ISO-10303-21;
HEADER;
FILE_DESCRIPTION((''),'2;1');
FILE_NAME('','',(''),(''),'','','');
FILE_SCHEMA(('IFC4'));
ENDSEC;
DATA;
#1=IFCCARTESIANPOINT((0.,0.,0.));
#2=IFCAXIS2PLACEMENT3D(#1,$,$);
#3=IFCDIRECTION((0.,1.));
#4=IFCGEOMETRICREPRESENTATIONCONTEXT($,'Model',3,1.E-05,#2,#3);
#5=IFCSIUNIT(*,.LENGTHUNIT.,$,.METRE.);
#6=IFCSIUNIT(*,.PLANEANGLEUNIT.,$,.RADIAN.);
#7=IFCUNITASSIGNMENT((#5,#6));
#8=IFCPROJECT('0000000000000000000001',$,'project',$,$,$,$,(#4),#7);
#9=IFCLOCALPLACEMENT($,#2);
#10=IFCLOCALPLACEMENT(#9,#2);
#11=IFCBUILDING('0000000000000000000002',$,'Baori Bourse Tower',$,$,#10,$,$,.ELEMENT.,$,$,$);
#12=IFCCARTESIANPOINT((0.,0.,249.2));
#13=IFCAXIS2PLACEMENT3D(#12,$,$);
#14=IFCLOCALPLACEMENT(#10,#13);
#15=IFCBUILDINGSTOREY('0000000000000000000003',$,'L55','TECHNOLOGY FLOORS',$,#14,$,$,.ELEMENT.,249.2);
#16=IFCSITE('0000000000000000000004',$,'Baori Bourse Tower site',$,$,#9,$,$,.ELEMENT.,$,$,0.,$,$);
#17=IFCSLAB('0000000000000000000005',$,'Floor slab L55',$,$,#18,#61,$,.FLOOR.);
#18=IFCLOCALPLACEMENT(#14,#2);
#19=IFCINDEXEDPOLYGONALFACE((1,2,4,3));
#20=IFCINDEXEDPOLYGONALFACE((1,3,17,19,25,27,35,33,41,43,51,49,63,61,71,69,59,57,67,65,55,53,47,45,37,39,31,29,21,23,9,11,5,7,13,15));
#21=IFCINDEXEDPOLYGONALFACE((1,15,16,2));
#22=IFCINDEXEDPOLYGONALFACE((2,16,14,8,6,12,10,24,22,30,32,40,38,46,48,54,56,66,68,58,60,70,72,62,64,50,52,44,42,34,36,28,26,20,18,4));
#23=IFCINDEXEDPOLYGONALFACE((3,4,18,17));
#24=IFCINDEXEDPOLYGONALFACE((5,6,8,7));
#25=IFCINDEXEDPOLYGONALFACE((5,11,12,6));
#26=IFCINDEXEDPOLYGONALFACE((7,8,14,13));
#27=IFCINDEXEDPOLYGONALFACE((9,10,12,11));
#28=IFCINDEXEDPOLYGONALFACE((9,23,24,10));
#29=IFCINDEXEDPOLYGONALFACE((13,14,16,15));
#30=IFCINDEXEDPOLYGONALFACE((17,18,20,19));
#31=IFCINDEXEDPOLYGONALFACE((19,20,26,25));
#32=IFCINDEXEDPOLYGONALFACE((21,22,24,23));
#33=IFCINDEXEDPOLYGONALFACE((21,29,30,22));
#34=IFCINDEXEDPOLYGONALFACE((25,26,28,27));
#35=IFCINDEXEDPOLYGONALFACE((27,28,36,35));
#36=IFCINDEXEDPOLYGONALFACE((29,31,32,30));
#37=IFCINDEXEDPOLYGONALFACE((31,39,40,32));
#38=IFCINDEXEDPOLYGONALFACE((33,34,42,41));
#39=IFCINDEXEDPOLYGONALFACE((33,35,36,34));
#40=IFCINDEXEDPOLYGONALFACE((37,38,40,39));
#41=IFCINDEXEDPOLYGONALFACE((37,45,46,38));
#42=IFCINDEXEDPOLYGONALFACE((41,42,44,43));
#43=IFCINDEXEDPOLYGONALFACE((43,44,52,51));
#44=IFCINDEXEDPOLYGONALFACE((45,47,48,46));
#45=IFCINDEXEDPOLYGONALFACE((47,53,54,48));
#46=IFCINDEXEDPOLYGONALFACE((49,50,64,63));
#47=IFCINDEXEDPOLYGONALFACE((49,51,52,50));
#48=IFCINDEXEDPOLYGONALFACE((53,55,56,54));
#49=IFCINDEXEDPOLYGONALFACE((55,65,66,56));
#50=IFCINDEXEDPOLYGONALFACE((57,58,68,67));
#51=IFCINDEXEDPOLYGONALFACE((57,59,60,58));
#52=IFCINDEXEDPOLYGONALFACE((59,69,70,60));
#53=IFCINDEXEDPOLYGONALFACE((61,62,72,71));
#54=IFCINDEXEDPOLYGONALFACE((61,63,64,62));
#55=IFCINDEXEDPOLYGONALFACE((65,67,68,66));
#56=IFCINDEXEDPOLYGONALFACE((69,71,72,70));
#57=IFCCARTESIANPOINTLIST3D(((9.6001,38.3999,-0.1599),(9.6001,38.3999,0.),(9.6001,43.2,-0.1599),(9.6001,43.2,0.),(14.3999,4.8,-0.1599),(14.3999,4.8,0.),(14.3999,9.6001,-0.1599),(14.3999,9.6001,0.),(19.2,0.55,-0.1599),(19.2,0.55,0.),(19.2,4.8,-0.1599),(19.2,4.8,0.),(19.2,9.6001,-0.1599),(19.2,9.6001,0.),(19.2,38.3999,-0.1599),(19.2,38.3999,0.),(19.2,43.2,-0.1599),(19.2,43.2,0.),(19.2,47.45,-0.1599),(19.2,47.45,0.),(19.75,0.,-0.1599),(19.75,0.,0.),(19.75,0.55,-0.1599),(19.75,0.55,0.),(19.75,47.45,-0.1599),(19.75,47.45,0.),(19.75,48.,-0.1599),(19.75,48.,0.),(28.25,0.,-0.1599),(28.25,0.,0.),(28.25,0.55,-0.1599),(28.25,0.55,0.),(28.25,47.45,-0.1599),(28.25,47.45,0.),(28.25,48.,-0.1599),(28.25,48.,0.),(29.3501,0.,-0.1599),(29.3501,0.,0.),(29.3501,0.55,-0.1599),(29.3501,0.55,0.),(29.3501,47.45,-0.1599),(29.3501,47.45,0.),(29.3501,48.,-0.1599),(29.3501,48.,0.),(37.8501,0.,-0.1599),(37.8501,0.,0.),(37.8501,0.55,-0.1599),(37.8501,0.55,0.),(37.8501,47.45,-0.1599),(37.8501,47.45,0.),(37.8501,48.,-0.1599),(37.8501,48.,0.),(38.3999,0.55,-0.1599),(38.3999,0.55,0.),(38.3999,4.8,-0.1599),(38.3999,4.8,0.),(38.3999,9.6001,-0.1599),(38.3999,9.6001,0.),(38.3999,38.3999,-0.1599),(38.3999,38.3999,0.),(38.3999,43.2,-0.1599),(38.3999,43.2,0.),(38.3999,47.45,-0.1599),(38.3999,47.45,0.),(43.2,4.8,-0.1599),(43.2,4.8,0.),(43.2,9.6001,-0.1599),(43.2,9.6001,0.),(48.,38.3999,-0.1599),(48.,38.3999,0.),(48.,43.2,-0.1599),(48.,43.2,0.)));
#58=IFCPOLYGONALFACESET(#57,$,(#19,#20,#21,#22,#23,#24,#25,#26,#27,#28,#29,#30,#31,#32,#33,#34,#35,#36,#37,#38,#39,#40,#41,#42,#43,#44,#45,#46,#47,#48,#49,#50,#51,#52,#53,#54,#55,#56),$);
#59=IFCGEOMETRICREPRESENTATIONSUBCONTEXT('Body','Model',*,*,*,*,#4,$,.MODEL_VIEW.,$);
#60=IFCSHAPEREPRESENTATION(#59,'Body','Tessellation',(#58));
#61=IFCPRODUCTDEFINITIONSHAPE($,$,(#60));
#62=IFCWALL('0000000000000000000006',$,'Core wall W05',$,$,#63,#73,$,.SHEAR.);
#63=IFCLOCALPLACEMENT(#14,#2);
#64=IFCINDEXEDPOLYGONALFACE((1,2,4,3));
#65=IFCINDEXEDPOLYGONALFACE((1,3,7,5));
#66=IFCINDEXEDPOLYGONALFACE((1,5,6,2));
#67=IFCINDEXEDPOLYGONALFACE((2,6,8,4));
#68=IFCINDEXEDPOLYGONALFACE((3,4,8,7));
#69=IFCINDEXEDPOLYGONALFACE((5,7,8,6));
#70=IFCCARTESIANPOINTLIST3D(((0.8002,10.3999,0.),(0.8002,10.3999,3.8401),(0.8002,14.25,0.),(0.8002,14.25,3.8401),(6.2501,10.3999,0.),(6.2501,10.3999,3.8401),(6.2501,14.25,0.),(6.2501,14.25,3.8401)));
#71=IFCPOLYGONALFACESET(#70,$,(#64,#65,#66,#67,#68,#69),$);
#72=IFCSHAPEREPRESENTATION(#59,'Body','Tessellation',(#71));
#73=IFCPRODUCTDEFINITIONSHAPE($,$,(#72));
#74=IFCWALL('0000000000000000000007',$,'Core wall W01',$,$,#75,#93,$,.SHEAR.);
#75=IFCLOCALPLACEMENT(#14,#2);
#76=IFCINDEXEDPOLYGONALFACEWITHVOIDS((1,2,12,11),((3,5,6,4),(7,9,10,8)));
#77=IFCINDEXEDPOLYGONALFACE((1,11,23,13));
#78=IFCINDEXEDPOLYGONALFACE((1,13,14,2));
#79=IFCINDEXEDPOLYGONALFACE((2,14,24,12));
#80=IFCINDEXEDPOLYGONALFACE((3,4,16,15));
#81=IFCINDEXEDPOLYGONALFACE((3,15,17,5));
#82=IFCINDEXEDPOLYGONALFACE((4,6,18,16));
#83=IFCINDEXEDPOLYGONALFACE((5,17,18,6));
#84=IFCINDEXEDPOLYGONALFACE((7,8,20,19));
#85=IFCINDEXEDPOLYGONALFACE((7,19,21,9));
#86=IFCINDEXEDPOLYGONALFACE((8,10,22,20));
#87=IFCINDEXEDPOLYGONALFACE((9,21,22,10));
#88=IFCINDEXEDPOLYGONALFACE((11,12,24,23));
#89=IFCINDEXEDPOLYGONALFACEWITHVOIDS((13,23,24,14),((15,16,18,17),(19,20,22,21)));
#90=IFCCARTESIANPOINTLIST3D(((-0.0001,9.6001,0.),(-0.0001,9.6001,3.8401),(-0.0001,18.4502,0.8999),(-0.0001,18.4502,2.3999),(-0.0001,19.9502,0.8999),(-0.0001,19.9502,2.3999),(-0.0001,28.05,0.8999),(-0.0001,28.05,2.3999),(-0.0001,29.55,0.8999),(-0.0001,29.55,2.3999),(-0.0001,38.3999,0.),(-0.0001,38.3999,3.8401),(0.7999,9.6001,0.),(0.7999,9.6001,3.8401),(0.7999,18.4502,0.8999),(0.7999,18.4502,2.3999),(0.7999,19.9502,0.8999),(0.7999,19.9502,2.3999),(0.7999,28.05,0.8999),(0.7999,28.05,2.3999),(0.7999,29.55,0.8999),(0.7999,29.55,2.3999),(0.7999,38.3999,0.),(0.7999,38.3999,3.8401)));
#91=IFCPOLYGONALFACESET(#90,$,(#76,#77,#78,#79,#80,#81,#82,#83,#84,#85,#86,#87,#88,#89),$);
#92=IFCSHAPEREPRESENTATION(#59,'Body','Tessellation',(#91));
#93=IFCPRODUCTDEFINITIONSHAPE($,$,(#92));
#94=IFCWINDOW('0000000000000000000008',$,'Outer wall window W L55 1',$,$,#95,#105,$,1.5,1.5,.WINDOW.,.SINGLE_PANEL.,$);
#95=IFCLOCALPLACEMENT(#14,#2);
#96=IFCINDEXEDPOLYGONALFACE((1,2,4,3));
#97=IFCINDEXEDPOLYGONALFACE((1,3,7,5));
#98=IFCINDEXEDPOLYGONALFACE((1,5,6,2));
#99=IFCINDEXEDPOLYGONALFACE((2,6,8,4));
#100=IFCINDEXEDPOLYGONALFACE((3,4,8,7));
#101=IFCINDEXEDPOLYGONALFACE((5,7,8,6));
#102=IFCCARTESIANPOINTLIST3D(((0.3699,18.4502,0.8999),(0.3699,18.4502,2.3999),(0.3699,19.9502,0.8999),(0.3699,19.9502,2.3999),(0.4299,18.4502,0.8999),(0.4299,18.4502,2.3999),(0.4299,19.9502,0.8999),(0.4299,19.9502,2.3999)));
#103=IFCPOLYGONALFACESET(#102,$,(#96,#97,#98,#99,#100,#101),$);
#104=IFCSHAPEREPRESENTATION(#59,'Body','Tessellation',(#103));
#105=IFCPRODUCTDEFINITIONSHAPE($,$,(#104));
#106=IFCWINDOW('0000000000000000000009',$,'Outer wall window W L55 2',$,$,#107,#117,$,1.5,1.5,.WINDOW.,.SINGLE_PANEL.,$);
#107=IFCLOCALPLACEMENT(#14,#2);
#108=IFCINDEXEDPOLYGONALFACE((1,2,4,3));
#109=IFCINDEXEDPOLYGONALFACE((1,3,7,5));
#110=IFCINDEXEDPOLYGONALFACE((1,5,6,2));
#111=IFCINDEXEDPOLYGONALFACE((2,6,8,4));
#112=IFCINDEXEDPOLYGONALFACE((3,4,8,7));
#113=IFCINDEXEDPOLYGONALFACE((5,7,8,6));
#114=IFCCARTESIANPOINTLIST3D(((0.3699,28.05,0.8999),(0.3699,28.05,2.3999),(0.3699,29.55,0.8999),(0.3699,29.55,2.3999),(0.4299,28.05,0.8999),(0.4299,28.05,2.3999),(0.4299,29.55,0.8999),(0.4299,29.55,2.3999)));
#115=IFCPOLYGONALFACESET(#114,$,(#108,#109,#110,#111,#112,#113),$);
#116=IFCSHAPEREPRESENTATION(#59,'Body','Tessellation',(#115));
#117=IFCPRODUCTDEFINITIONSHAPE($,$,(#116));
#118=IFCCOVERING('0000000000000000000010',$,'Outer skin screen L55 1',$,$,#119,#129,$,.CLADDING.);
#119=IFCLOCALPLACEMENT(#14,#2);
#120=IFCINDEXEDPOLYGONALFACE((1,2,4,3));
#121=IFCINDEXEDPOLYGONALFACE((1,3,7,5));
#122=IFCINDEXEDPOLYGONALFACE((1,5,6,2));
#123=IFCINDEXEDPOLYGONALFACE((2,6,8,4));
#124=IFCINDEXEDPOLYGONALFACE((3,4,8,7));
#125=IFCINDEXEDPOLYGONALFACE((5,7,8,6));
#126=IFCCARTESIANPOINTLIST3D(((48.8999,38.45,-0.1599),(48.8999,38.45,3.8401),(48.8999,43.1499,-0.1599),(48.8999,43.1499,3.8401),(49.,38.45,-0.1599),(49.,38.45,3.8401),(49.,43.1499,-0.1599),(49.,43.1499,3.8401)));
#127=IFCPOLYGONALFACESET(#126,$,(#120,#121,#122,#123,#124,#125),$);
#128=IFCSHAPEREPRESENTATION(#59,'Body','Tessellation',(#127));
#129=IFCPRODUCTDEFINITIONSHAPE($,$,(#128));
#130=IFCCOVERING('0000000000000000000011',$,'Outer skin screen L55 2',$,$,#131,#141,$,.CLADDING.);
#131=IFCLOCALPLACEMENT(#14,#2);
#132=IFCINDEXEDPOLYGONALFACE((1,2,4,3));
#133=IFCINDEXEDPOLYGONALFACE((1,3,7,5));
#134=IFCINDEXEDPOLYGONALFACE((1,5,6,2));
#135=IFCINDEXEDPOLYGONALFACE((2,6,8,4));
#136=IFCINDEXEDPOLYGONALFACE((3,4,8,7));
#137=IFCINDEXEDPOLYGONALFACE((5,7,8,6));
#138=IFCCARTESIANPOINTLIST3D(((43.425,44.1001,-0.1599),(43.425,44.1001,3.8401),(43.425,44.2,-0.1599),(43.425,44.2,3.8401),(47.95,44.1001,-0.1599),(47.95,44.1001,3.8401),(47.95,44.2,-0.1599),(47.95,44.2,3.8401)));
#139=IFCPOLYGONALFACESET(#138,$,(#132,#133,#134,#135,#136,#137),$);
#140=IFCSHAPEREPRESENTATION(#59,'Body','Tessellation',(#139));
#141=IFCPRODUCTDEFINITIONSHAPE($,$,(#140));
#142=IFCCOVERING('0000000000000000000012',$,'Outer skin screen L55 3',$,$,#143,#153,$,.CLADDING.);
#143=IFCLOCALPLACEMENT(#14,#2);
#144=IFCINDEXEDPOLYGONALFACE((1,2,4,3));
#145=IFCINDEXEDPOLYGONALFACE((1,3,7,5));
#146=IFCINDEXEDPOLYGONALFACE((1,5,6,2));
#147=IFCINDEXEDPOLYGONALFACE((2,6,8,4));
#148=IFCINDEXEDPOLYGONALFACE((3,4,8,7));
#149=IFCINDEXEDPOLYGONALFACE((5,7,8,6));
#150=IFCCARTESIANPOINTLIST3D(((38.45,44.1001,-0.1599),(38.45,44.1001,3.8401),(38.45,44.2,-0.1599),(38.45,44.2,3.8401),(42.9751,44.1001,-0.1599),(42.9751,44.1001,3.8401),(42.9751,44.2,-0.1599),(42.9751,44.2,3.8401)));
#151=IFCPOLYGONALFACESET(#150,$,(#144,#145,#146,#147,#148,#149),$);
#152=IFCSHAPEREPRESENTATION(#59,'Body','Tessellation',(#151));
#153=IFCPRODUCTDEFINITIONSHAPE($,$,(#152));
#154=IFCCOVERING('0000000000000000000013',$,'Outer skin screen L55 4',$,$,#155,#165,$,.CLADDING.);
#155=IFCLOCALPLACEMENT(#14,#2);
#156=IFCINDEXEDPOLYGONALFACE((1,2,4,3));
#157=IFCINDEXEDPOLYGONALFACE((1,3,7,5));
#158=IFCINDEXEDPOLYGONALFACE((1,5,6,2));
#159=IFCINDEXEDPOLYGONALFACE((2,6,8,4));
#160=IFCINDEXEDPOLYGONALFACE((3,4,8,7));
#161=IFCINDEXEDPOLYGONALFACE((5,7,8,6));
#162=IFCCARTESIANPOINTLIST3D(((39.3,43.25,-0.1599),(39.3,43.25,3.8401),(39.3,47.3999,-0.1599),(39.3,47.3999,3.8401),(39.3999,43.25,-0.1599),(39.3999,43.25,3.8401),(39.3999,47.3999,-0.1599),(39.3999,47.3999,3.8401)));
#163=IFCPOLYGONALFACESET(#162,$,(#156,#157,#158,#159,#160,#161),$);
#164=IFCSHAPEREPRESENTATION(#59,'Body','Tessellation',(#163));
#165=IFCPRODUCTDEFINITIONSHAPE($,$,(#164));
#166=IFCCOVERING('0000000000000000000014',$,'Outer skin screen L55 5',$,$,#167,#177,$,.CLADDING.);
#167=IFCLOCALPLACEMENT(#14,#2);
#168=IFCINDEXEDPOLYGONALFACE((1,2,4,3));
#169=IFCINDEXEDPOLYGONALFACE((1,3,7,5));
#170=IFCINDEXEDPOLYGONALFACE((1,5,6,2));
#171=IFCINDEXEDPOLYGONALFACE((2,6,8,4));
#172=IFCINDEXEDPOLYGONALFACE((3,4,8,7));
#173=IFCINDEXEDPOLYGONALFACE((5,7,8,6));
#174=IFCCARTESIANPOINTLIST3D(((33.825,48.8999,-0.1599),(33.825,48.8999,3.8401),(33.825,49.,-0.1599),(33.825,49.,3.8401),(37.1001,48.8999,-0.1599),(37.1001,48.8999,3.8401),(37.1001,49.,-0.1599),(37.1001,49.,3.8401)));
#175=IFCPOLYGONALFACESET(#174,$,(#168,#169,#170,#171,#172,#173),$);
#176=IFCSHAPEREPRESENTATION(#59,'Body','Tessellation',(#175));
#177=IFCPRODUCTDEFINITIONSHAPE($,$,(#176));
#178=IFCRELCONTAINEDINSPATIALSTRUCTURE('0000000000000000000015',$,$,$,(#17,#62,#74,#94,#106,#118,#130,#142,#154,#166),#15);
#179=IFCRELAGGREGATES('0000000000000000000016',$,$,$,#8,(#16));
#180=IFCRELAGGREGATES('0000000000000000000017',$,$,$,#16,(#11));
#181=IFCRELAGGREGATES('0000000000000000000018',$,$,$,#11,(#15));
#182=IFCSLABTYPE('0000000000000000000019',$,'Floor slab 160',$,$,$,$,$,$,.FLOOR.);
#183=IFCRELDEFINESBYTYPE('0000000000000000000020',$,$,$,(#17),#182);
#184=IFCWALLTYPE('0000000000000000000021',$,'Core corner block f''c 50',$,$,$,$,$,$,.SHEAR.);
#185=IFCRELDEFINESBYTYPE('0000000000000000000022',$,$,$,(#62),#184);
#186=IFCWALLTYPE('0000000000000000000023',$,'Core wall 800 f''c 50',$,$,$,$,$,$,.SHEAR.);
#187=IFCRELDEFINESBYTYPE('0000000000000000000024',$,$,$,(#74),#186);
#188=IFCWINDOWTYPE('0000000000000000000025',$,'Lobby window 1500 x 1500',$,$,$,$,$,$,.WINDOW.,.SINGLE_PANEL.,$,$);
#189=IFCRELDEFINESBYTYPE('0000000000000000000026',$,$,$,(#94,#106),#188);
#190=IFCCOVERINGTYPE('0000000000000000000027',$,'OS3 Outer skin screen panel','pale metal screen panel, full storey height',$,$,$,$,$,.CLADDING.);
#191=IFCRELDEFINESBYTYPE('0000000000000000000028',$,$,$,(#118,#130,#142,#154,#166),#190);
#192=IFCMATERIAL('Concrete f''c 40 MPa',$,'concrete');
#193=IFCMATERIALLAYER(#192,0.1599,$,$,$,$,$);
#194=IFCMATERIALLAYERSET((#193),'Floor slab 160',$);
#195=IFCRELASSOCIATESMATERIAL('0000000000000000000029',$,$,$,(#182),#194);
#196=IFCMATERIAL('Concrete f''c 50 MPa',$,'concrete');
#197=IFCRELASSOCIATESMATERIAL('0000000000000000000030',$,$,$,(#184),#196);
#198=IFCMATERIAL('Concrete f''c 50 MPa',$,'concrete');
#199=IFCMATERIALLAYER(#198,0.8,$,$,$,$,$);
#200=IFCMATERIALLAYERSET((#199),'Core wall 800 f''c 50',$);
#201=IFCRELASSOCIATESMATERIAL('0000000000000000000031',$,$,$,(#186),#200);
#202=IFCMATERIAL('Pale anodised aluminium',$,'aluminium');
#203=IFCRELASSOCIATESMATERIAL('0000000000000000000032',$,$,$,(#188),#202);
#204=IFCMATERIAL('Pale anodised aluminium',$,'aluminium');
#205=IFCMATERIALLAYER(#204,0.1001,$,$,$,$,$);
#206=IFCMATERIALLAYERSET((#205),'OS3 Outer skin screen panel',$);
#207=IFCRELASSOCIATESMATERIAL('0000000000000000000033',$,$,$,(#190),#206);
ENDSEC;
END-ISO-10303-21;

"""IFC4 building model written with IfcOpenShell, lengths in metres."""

from ifc_helpers import new_model, si_unit, direction, frame, frame_2d, origin, place, context, subcontext, project, spatial, polyline, rectangle, outline, extrude, material, layer, layer_set, type_object, element, fill, save


model = new_model("IFC4")

# Units and contexts
model_context = context("Model", 3, precision=1e-05, world=origin(), true_north=direction((0.0, 1.0)))
body_context = subcontext(model_context, "Body", "Model", "MODEL_VIEW")
ifc_project = project(units=[si_unit("LENGTHUNIT", "METRE"), si_unit("PLANEANGLEUNIT", "RADIAN")], contexts=[model_context])

# Site, building, storey
site_placement = place(None, origin())
site = spatial("IfcSite", under=ifc_project, at=site_placement, Name="Baori Bourse Tower site", CompositionType="ELEMENT", RefElevation=0.0)
building_placement = place(site_placement, origin())
building = spatial("IfcBuilding", under=site, at=building_placement, Name="Baori Bourse Tower", CompositionType="ELEMENT")
storey_placement = place(building_placement, frame((0.0, 0.0, 249.2)))
storey = spatial("IfcBuildingStorey", under=building, at=storey_placement, Name="L55", Description="TECHNOLOGY FLOORS", CompositionType="ELEMENT", Elevation=249.2)

# Slab
ifc_material_1 = material(Name="Concrete f'c 40 MPa", Category="concrete")
ifc_layer_1 = layer(ifc_material_1, 0.1599)
ifc_layer_set_1 = layer_set([ifc_layer_1], Name="Floor slab 160")
slab_type_1 = type_object("IfcSlabType", Name="Floor slab 160", PredefinedType="FLOOR", material=ifc_layer_set_1)
slab_1_placement = place(storey_placement, frame((0.0, 0.0, -0.1599)))
element("IfcSlab", 1, at=slab_1_placement, inside=storey, type_object=slab_type_1, Name="Floor slab L55", PredefinedType="FLOOR", context=body_context, shape_type="SweptSolid", body=[
    extrude(outline(polyline([(19.2, 4.8), (14.3999, 4.8), (14.3999, 9.6001), (19.2, 9.6001), (19.2, 38.3999), (9.6001, 38.3999), (9.6001, 43.2), (19.2, 43.2), (19.2, 47.45), (19.75, 47.45), (19.75, 48.0), (28.25, 48.0), (28.25, 47.45), (29.3501, 47.45), (29.3501, 48.0), (37.8501, 48.0), (37.8501, 47.45), (38.3999, 47.45), (38.3999, 43.2), (48.0, 43.2), (48.0, 38.3999), (38.3999, 38.3999), (38.3999, 9.6001), (43.2, 9.6001), (43.2, 4.8), (38.3999, 4.8), (38.3999, 0.55), (37.8501, 0.55), (37.8501, 0.0), (29.3501, 0.0), (29.3501, 0.55), (28.25, 0.55), (28.25, 0.0), (19.75, 0.0), (19.75, 0.55), (19.2, 0.55), (19.2, 4.8)])), origin(), (0.0, 0.0, 1.0), 0.1599),
])

# Wall
ifc_material_2 = material(Name="Concrete f'c 50 MPa", Category="concrete")
wall_type_1 = type_object("IfcWallType", Name="Core corner block f'c 50", PredefinedType="SHEAR", material=ifc_material_2)
wall_1_placement = place(storey_placement, frame((0.8, 12.325, 0.0), z_axis=(0.0, 0.0, 1.0), x_axis=(1.0, 0.0, 0.0)))
element("IfcWall", 2, at=wall_1_placement, inside=storey, type_object=wall_type_1, Name="Core wall W05", PredefinedType="SHEAR", context=body_context, shape_type="SweptSolid", body=[
    extrude(rectangle(XDim=5.45, YDim=3.8501, at=frame_2d((2.7251, 0.0))), origin(), (0.0, 0.0, 1.0), 3.8401),
])

# Wall, openings, windows
ifc_material_3 = material(Name="Concrete f'c 50 MPa", Category="concrete")
ifc_layer_2 = layer(ifc_material_3, 0.8)
ifc_layer_set_2 = layer_set([ifc_layer_2], Name="Core wall 800 f'c 50")
wall_type_2 = type_object("IfcWallType", Name="Core wall 800 f'c 50", PredefinedType="SHEAR", material=ifc_layer_set_2)
wall_2_placement = place(storey_placement, frame((0.3999, 9.6001, 0.0), z_axis=(0.0, 0.0, 1.0), x_axis=(0.0, 1.0, 0.0)))
wall_2 = element("IfcWall", 3, at=wall_2_placement, inside=storey, type_object=wall_type_2, Name="Core wall W01", PredefinedType="SHEAR", context=body_context, shape_type="SweptSolid", body=[
    extrude(rectangle(XDim=28.7998, YDim=0.8, at=frame_2d((14.3999, 0.0))), origin(), (0.0, 0.0, 1.0), 3.8401),
])
opening_1_placement = place(wall_2_placement, frame((8.8501, 0.0, 0.8999)))
opening_1 = element("IfcOpeningElement", 4, at=opening_1_placement, cuts=wall_2, PredefinedType="OPENING", context=body_context, shape_type="SweptSolid", body=[
    extrude(rectangle(XDim=1.5, YDim=1.5, at=frame_2d((0.75, 0.75))), frame((0.0, 0.4099, 0.0), z_axis=(0.0, -1.0, 0.0), x_axis=(1.0, 0.0, 0.0)), (0.0, 0.0, 1.0), 0.8201),
])
opening_2_placement = place(wall_2_placement, frame((18.45, 0.0, 0.8999)))
opening_2 = element("IfcOpeningElement", 5, at=opening_2_placement, cuts=wall_2, PredefinedType="OPENING", context=body_context, shape_type="SweptSolid", body=[
    extrude(rectangle(XDim=1.5, YDim=1.5, at=frame_2d((0.75, 0.75))), frame((0.0, 0.4099, 0.0), z_axis=(0.0, -1.0, 0.0), x_axis=(1.0, 0.0, 0.0)), (0.0, 0.0, 1.0), 0.8201),
])
ifc_material_4 = material(Name="Pale anodised aluminium", Category="aluminium")
window_type = type_object("IfcWindowType", Name="Lobby window 1500 x 1500", PartitioningType="SINGLE_PANEL", PredefinedType="WINDOW", material=ifc_material_4)
window_1_placement = place(opening_1_placement, origin())
window_1 = element("IfcWindow", 6, at=window_1_placement, inside=storey, type_object=window_type, Name="Outer wall window W L55 1", OverallHeight=1.5, OverallWidth=1.5, PartitioningType="SINGLE_PANEL", PredefinedType="WINDOW", context=body_context, shape_type="SweptSolid", body=[
    extrude(rectangle(XDim=1.5, YDim=1.5, at=frame_2d((0.75, 0.75))), frame((0.0, 0.03, 0.0), z_axis=(0.0, -1.0, 0.0), x_axis=(1.0, 0.0, 0.0)), (0.0, 0.0, 1.0), 0.0601),
])
fill(opening_1, window_1)
window_2_placement = place(opening_2_placement, origin())
window_2 = element("IfcWindow", 7, at=window_2_placement, inside=storey, type_object=window_type, Name="Outer wall window W L55 2", OverallHeight=1.5, OverallWidth=1.5, PartitioningType="SINGLE_PANEL", PredefinedType="WINDOW", context=body_context, shape_type="SweptSolid", body=[
    extrude(rectangle(XDim=1.5, YDim=1.5, at=frame_2d((0.75, 0.75))), frame((0.0, 0.03, 0.0), z_axis=(0.0, -1.0, 0.0), x_axis=(1.0, 0.0, 0.0)), (0.0, 0.0, 1.0), 0.0601),
])
fill(opening_2, window_2)

# Coverings
ifc_material_5 = material(Name="Pale anodised aluminium", Category="aluminium")
ifc_layer_3 = layer(ifc_material_5, 0.1001)
ifc_layer_set_3 = layer_set([ifc_layer_3], Name="OS3 Outer skin screen panel")
covering_type = type_object("IfcCoveringType", Name="OS3 Outer skin screen panel", Description="pale metal screen panel, full storey height", PredefinedType="CLADDING", material=ifc_layer_set_3)
covering_1_placement = place(storey_placement, frame((0.0, 0.0, -0.1599)))
element("IfcCovering", 8, at=covering_1_placement, inside=storey, type_object=covering_type, Name="Outer skin screen L55 1", PredefinedType="CLADDING", context=body_context, shape_type="SweptSolid", body=[
    extrude(outline(polyline([(48.8999, 43.1499), (48.8999, 38.45), (49.0, 38.45), (49.0, 43.1499), (48.8999, 43.1499)])), origin(), (0.0, 0.0, 1.0), 4.0),
])
covering_2_placement = place(storey_placement, frame((0.0, 0.0, -0.1599)))
element("IfcCovering", 9, at=covering_2_placement, inside=storey, type_object=covering_type, Name="Outer skin screen L55 2", PredefinedType="CLADDING", context=body_context, shape_type="SweptSolid", body=[
    extrude(outline(polyline([(43.425, 44.1001), (47.95, 44.1001), (47.95, 44.2), (43.425, 44.2), (43.425, 44.1001)])), origin(), (0.0, 0.0, 1.0), 4.0),
])
covering_3_placement = place(storey_placement, frame((0.0, 0.0, -0.1599)))
element("IfcCovering", 10, at=covering_3_placement, inside=storey, type_object=covering_type, Name="Outer skin screen L55 3", PredefinedType="CLADDING", context=body_context, shape_type="SweptSolid", body=[
    extrude(outline(polyline([(38.45, 44.1001), (42.9751, 44.1001), (42.9751, 44.2), (38.45, 44.2), (38.45, 44.1001)])), origin(), (0.0, 0.0, 1.0), 4.0),
])
covering_4_placement = place(storey_placement, frame((0.0, 0.0, -0.1599)))
element("IfcCovering", 11, at=covering_4_placement, inside=storey, type_object=covering_type, Name="Outer skin screen L55 4", PredefinedType="CLADDING", context=body_context, shape_type="SweptSolid", body=[
    extrude(outline(polyline([(39.3, 47.3999), (39.3, 43.25), (39.3999, 43.25), (39.3999, 47.3999), (39.3, 47.3999)])), origin(), (0.0, 0.0, 1.0), 4.0),
])
covering_5_placement = place(storey_placement, frame((0.0, 0.0, -0.1599)))
element("IfcCovering", 12, at=covering_5_placement, inside=storey, type_object=covering_type, Name="Outer skin screen L55 5", PredefinedType="CLADDING", context=body_context, shape_type="SweptSolid", body=[
    extrude(outline(polyline([(33.825, 48.8999), (37.1001, 48.8999), (37.1001, 49.0), (33.825, 49.0), (33.825, 48.8999)])), origin(), (0.0, 0.0, 1.0), 4.0),
])

save(model, "model.ifc")
